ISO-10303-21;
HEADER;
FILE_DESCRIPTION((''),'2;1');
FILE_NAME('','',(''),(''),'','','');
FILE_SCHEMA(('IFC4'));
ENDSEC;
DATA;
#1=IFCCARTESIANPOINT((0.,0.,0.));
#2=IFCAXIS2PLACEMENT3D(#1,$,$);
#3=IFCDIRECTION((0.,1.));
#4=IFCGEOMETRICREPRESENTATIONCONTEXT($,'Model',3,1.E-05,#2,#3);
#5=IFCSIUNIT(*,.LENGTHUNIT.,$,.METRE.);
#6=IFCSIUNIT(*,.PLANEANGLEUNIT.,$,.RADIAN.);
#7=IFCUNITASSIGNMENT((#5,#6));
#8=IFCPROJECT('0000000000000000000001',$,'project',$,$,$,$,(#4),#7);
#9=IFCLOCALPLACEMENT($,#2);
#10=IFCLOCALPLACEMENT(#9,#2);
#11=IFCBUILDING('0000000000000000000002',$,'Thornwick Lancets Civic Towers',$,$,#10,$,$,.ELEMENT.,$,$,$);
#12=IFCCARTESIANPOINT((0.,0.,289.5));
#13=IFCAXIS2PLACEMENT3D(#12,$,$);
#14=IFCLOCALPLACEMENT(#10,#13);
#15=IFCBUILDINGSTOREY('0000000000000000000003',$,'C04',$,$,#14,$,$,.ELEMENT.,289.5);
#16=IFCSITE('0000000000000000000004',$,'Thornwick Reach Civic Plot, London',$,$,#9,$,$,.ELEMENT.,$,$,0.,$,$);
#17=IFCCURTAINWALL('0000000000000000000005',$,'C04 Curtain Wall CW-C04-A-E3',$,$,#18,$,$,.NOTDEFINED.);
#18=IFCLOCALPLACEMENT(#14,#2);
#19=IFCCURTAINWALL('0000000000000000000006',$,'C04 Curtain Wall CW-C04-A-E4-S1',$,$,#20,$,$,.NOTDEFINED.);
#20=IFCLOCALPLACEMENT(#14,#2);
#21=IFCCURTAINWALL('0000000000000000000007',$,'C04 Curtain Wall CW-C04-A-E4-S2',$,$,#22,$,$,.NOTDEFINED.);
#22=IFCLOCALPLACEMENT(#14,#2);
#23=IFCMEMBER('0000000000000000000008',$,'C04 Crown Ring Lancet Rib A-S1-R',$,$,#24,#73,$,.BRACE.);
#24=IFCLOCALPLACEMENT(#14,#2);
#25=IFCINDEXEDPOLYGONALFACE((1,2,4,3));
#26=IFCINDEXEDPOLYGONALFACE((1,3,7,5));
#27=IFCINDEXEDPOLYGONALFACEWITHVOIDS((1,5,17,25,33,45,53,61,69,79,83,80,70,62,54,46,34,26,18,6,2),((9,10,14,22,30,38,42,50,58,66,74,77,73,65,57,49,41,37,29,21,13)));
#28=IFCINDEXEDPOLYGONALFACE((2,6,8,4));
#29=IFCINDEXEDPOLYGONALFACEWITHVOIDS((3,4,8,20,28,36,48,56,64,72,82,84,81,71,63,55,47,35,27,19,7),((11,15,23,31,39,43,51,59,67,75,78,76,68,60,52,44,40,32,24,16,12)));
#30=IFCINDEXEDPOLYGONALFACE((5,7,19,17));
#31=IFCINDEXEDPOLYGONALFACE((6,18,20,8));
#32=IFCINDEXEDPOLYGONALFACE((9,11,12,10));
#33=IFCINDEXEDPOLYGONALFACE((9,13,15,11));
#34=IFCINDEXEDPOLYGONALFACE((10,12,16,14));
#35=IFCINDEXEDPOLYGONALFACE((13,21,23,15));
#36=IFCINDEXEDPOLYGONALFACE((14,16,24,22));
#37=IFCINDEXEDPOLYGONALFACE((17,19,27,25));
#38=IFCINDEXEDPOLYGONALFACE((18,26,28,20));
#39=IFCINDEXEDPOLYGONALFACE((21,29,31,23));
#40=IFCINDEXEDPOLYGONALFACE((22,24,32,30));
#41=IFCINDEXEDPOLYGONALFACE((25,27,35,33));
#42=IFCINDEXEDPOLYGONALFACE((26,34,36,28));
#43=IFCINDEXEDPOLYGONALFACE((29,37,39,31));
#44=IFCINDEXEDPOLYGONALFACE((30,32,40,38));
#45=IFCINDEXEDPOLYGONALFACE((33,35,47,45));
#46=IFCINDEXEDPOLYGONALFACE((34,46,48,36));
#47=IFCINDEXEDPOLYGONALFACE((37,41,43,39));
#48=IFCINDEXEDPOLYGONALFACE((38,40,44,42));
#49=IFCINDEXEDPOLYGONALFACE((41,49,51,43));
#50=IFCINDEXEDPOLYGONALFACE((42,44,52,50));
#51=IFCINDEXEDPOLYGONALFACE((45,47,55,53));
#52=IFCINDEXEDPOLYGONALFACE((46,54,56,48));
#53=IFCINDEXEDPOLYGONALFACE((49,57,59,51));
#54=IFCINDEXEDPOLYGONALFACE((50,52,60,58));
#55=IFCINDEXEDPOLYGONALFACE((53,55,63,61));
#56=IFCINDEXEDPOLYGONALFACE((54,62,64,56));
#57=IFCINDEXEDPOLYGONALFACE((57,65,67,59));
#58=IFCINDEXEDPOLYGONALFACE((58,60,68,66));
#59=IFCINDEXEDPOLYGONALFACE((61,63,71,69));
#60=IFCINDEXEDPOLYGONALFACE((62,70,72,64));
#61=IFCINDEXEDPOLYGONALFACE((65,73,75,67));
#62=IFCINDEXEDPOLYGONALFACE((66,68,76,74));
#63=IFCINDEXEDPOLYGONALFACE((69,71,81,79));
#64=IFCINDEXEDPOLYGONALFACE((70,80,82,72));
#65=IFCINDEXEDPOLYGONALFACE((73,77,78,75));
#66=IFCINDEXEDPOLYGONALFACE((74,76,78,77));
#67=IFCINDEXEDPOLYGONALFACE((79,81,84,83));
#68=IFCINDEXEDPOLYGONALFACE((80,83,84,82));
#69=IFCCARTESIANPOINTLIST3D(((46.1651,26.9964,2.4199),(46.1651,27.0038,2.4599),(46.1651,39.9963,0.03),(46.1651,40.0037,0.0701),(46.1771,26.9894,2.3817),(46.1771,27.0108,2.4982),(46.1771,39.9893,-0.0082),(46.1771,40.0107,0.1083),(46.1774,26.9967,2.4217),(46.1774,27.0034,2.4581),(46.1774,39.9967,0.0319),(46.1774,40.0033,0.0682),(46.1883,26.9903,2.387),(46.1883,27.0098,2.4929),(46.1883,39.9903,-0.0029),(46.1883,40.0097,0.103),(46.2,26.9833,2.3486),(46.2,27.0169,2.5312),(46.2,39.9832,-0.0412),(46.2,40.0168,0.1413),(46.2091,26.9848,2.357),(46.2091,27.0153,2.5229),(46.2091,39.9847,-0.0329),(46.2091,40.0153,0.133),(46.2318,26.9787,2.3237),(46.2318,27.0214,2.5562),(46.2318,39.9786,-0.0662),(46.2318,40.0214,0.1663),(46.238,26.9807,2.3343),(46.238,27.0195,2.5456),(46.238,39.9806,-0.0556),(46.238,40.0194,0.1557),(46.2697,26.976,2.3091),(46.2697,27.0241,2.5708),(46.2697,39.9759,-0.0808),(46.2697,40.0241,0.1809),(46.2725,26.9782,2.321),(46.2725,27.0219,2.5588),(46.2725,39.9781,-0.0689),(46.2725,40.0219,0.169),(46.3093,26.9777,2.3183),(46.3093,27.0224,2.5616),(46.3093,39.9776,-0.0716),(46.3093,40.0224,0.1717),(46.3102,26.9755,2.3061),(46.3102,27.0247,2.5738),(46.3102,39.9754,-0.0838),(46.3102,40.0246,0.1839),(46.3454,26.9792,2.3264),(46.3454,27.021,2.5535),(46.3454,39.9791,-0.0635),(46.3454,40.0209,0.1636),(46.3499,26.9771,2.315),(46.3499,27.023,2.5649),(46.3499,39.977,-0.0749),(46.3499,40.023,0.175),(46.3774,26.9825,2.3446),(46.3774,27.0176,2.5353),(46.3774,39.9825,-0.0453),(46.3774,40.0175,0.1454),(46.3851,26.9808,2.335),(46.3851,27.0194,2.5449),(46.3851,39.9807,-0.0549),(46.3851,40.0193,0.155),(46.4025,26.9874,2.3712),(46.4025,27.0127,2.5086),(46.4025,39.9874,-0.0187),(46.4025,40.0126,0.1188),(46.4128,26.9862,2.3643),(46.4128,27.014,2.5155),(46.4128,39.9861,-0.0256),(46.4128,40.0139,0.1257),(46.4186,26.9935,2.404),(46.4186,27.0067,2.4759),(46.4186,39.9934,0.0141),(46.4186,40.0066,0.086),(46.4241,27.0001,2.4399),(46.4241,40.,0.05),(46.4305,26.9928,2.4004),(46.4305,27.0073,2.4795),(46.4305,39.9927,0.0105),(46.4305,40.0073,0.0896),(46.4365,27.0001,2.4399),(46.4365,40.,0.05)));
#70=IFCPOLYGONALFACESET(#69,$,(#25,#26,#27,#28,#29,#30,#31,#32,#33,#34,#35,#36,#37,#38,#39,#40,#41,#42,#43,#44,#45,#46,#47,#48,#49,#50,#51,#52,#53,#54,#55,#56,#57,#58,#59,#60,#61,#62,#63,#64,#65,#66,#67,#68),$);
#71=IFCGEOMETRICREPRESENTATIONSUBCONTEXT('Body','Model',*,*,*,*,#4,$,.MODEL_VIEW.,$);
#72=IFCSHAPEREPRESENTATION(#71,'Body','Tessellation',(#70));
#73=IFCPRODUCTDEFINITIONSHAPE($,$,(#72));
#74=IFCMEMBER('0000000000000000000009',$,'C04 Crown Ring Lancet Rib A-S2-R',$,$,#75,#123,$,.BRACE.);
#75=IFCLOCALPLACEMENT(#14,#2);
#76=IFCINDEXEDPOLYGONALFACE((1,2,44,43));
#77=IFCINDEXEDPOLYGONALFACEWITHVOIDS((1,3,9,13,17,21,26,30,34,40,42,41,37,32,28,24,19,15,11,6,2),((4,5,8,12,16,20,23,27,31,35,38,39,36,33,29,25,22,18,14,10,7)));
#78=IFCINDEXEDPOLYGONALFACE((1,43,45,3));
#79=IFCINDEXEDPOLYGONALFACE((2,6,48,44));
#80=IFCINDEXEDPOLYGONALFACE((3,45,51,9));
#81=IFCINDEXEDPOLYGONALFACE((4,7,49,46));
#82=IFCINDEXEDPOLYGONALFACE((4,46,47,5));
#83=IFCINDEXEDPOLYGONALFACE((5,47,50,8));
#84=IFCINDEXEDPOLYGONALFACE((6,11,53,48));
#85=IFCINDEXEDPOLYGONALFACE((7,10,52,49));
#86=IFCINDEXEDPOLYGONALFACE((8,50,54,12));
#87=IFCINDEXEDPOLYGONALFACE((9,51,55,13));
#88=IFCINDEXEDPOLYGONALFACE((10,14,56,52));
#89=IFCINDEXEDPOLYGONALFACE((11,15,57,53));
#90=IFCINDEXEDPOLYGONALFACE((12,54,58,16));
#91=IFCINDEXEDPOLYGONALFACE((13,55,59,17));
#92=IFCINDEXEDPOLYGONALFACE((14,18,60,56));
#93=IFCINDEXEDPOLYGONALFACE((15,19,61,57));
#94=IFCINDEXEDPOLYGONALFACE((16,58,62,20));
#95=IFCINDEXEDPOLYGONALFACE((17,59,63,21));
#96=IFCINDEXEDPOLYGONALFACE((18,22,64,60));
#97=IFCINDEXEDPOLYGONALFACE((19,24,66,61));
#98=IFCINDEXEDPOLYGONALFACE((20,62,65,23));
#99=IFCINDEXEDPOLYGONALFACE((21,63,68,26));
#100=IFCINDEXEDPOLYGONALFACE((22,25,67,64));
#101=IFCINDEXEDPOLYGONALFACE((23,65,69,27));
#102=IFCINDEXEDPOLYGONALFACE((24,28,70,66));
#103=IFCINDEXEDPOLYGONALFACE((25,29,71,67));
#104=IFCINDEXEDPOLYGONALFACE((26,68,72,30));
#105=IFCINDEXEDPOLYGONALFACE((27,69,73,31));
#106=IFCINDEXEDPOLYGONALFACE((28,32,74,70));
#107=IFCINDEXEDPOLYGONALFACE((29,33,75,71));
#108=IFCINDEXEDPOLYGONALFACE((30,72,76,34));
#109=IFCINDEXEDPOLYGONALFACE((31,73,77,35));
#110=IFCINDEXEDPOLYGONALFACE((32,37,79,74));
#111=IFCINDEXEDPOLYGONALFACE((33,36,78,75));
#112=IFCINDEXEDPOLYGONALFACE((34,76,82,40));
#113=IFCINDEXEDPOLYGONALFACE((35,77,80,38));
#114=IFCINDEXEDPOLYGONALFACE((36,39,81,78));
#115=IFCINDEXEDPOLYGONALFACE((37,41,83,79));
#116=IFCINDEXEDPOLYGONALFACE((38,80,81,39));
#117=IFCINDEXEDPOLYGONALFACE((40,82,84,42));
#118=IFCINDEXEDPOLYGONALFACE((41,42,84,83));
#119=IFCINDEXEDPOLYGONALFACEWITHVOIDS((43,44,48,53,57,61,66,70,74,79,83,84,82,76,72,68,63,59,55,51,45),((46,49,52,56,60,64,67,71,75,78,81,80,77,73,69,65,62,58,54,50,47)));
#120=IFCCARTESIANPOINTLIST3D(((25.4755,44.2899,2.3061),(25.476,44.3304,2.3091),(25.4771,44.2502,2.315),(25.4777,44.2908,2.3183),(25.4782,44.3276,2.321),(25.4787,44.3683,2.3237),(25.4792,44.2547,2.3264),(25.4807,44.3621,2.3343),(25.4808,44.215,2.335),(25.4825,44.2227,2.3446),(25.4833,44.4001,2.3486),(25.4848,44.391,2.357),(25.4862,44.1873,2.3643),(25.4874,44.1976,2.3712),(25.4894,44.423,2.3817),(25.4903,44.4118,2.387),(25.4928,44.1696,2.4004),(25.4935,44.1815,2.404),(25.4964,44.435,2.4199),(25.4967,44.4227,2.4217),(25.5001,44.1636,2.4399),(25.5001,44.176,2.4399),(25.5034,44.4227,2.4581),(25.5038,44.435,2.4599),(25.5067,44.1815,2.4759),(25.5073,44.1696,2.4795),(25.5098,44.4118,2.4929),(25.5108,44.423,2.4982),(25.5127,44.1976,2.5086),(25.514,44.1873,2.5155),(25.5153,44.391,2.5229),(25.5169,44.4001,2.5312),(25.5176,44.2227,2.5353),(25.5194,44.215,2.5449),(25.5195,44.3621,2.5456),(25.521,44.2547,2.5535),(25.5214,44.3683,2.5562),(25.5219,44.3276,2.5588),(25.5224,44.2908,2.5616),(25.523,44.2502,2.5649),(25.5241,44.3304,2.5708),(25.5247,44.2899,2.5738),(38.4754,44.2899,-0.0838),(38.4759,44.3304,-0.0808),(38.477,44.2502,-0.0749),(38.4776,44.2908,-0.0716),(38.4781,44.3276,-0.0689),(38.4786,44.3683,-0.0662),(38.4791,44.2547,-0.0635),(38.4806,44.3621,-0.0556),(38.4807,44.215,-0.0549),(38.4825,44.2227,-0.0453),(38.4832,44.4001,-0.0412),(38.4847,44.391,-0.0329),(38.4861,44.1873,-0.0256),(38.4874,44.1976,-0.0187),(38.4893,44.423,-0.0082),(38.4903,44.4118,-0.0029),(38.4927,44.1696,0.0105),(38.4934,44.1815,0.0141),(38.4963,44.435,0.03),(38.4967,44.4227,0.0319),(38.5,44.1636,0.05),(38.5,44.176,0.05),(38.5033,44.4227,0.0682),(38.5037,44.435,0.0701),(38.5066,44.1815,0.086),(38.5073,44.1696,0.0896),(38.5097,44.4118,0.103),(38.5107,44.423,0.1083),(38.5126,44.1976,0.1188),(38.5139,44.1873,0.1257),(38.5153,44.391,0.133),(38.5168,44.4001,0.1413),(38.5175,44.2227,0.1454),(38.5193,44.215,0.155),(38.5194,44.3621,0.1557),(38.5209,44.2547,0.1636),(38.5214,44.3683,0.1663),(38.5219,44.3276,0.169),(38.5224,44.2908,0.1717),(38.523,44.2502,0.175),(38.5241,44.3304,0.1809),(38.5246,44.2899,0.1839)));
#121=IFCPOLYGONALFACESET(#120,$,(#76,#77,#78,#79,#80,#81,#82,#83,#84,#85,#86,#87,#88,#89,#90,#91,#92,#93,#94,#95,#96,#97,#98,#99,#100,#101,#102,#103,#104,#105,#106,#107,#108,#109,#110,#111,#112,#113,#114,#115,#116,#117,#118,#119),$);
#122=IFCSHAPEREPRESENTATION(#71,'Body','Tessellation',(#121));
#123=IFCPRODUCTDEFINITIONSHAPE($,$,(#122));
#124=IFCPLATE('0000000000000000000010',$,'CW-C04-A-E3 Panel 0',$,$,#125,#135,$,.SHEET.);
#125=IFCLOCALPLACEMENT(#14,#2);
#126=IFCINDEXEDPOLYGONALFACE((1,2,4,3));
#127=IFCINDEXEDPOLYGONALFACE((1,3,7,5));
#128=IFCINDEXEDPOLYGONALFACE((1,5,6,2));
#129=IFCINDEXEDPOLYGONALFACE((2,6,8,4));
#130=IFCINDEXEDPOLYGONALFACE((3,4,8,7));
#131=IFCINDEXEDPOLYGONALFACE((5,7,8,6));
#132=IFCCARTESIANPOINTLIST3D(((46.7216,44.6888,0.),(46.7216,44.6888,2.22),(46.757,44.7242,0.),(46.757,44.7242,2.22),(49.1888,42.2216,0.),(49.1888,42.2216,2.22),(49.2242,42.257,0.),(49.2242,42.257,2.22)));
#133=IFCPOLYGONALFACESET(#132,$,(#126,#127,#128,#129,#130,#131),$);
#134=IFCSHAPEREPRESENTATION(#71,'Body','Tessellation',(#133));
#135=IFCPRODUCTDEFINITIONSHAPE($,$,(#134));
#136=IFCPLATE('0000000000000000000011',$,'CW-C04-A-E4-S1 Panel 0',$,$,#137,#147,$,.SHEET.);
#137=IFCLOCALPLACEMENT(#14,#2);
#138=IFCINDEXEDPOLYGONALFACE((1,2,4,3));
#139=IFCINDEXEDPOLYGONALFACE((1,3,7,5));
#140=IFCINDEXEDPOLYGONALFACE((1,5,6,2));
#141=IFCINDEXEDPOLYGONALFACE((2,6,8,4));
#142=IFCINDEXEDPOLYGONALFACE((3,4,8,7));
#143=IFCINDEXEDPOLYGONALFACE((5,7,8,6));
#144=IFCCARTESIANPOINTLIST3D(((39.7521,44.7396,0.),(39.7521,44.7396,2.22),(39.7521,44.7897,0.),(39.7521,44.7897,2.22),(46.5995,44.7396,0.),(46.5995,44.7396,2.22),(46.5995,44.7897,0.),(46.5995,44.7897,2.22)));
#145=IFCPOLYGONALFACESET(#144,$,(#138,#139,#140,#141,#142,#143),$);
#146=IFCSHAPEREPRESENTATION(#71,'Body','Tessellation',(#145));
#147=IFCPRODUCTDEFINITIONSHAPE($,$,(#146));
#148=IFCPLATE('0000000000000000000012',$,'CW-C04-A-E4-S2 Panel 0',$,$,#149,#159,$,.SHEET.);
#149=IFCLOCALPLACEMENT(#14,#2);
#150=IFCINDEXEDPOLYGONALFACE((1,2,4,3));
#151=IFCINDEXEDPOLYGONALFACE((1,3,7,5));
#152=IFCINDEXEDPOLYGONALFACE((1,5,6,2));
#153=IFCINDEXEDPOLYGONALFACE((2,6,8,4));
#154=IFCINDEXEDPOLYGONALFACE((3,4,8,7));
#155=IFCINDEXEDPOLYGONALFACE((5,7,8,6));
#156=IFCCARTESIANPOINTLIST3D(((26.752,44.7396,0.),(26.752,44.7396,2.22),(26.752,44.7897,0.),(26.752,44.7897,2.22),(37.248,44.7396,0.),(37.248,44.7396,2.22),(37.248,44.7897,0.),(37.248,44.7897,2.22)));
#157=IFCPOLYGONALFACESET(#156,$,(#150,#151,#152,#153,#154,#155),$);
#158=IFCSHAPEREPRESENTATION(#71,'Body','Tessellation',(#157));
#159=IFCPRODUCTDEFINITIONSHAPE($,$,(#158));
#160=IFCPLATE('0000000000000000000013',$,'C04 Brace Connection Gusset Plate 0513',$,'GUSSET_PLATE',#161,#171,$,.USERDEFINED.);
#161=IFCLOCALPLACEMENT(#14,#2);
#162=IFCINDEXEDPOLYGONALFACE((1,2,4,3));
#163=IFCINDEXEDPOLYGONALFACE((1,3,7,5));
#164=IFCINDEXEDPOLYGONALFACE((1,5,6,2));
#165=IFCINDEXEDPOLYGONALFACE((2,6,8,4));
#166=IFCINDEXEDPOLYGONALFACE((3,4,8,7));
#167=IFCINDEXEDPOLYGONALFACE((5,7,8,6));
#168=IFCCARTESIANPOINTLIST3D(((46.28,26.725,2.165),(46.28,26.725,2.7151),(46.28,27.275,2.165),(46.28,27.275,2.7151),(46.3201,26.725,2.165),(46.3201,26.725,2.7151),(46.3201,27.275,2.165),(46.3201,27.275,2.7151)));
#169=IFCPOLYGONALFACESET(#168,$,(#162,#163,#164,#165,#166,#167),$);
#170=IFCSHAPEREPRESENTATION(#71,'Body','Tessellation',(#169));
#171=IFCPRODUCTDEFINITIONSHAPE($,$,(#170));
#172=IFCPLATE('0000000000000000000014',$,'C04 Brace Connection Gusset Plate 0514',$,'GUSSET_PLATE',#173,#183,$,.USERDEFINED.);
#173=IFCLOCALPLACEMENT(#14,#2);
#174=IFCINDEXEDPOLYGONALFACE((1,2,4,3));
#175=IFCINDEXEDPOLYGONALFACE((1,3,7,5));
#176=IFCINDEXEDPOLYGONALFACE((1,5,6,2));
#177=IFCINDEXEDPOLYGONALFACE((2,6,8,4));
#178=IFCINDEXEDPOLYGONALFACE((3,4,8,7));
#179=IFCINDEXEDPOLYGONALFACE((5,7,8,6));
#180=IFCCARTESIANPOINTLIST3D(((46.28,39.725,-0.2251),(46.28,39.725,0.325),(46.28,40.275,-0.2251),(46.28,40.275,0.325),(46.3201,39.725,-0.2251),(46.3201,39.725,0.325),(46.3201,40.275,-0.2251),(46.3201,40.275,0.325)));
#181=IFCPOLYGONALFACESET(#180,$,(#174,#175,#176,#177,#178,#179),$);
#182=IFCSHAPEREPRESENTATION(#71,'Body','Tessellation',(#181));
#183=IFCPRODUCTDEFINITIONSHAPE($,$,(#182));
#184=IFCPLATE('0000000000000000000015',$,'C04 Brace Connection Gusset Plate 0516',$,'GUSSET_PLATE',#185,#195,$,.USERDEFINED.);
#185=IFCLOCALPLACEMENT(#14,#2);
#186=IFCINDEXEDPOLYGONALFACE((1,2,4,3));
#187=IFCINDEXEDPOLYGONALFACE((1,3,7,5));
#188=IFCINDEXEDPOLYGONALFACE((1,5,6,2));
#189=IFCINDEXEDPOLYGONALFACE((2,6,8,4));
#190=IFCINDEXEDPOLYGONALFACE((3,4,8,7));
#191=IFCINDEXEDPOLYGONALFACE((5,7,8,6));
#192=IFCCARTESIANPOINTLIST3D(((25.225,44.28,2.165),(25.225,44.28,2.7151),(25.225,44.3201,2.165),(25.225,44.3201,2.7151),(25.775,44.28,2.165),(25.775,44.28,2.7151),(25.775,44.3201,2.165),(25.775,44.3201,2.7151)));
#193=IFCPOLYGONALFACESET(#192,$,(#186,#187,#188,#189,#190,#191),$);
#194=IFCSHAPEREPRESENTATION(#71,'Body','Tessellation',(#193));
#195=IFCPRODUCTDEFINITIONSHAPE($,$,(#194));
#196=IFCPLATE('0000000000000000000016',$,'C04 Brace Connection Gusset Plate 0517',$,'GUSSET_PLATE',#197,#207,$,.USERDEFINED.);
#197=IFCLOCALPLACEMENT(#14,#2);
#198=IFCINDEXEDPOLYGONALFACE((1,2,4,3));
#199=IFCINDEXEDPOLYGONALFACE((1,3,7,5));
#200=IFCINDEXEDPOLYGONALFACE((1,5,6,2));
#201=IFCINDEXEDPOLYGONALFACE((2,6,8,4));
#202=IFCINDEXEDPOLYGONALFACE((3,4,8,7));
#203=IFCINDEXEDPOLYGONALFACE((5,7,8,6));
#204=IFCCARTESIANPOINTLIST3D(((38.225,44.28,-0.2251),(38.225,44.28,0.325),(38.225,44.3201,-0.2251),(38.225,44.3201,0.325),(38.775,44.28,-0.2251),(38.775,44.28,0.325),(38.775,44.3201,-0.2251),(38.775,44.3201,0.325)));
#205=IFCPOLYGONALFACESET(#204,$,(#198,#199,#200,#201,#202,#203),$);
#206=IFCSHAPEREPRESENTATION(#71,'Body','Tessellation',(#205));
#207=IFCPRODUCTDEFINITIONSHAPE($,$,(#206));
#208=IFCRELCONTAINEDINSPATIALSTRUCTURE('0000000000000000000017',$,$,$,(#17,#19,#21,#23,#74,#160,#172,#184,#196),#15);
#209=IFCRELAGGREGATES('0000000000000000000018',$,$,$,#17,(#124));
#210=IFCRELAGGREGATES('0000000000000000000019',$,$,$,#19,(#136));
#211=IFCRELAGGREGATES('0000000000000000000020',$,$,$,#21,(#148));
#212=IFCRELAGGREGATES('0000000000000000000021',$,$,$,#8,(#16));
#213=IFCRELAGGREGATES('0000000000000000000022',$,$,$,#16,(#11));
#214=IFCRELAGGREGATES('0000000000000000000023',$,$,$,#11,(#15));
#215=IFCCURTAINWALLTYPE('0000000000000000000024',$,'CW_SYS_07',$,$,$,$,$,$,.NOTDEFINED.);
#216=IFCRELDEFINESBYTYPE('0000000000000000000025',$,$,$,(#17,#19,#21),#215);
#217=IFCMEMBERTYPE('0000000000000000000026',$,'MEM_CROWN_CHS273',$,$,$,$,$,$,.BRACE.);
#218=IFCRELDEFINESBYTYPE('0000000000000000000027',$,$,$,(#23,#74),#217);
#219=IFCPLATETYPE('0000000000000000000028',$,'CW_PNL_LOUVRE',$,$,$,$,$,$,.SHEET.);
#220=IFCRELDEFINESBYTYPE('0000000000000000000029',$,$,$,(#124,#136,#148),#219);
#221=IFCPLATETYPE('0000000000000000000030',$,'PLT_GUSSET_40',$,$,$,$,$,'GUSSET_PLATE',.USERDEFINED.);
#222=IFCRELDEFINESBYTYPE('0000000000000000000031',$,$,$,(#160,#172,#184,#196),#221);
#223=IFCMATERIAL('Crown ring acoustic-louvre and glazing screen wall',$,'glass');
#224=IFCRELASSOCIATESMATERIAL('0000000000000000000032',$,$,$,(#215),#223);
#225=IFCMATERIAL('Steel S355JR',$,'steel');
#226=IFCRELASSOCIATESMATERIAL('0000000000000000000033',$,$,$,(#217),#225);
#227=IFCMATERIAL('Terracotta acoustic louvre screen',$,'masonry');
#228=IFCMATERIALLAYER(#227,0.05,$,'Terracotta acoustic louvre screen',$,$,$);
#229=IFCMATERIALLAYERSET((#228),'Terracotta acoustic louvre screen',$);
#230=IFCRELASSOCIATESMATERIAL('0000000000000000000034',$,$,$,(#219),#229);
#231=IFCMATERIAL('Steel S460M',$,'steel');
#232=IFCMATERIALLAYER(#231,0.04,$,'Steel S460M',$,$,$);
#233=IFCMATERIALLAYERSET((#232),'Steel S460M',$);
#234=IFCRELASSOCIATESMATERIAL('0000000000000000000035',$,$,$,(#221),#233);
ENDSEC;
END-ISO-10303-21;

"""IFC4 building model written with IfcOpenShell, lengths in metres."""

from ifc_helpers import new_model, si_unit, direction, frame, origin, origin_2d, place, context, subcontext, project, spatial, rectangle, hollow_circle, extrude, material, layer, layer_set, material_profile, profile_set, type_object, element, aggregate, save


model = new_model("IFC4")

# Units and contexts
model_context = context("Model", 3, precision=1e-05, world=origin(), true_north=direction((0.0, 1.0)))
body_context = subcontext(model_context, "Body", "Model", "MODEL_VIEW")
ifc_project = project(units=[si_unit("LENGTHUNIT", "METRE"), si_unit("PLANEANGLEUNIT", "RADIAN")], contexts=[model_context])

# Site, building, storey
site_placement = place(None, origin())
site = spatial("IfcSite", under=ifc_project, at=site_placement, Name="Thornwick Reach Civic Plot, London", CompositionType="ELEMENT", RefElevation=0.0)
building_placement = place(site_placement, origin())
building = spatial("IfcBuilding", under=site, at=building_placement, Name="Thornwick Lancets Civic Towers", CompositionType="ELEMENT")
storey_placement = place(building_placement, frame((0.0, 0.0, 289.5)))
storey = spatial("IfcBuildingStorey", under=building, at=storey_placement, Name="C04", CompositionType="ELEMENT", Elevation=289.5)

# Shared definitions
ifc_material_1 = material(Name="Steel S355JR", Category="steel")

# Curtain walls
ifc_material_2 = material(Name="Crown ring acoustic-louvre and glazing screen wall", Category="glass")
curtain_wall_type = type_object("IfcCurtainWallType", Name="CW_SYS_07", PredefinedType="NOTDEFINED", material=ifc_material_2)
curtain_wall_1_placement = place(storey_placement, origin())
curtain_wall_1 = element("IfcCurtainWall", 1, at=curtain_wall_1_placement, inside=storey, type_object=curtain_wall_type, Name="C04 Curtain Wall CW-C04-A-E3", PredefinedType="NOTDEFINED")
curtain_wall_2_placement = place(storey_placement, origin())
curtain_wall_2 = element("IfcCurtainWall", 2, at=curtain_wall_2_placement, inside=storey, type_object=curtain_wall_type, Name="C04 Curtain Wall CW-C04-A-E4-S1", PredefinedType="NOTDEFINED")
curtain_wall_3_placement = place(storey_placement, origin())
curtain_wall_3 = element("IfcCurtainWall", 3, at=curtain_wall_3_placement, inside=storey, type_object=curtain_wall_type, Name="C04 Curtain Wall CW-C04-A-E4-S2", PredefinedType="NOTDEFINED")

# Members
ifc_material_profile_1 = material_profile(ifc_material_1, hollow_circle(Radius=0.1365, WallThickness=0.0125, at=origin_2d()), Name="CHS 273x12.5")
ifc_profile_set_1 = profile_set([ifc_material_profile_1], Name="Steel S355JR")
member_type_1 = type_object("IfcMemberType", Name="MEM_CROWN_CHS273", PredefinedType="BRACE", material=ifc_profile_set_1)
for number, where, z_axis, x_axis, name in (
    (4, (46.3, 40.0, 0.05), (0.0, -0.983518, 0.180808), (1.0, 0.0, 0.0), "C04 Crown Ring Lancet Rib A-S1-R"),
    (5, (38.5, 44.3, 0.05), (-0.983518, 0.0, 0.180808), (0.0, -1.0, 0.0), "C04 Crown Ring Lancet Rib A-S2-R"),
):
    element("IfcMember", number, at=place(storey_placement, frame(where, z_axis=z_axis, x_axis=x_axis)), inside=storey, type_object=member_type_1, Name=name, PredefinedType="BRACE", context=body_context, shape_type="SweptSolid", body=[
        extrude(hollow_circle(Radius=0.1365, WallThickness=0.0125, at=origin_2d()), origin(), (0.0, 0.0, 1.0), 13.2178),
    ])

# Plates
ifc_material_3 = material(Name="Terracotta acoustic louvre screen", Category="masonry")
ifc_layer_1 = layer(ifc_material_3, 0.05, Name="Terracotta acoustic louvre screen")
ifc_layer_set_1 = layer_set([ifc_layer_1], Name="Terracotta acoustic louvre screen")
plate_type_1 = type_object("IfcPlateType", Name="CW_PNL_LOUVRE", PredefinedType="SHEET", material=ifc_layer_set_1)
plate_1_placement = place(storey_placement, frame((47.9729, 43.4729, 0.0), z_axis=(0.0, 0.0, 1.0), x_axis=(-0.707107, 0.707107, 0.0)))
plate_1 = element("IfcPlate", 6, at=plate_1_placement, type_object=plate_type_1, Name="CW-C04-A-E3 Panel 0", PredefinedType="SHEET", context=body_context, shape_type="SweptSolid", body=[
    extrude(rectangle(XDim=3.4893, YDim=0.05, at=origin_2d()), origin(), (0.0, 0.0, 1.0), 2.22),
])
aggregate(curtain_wall_1, [plate_1])
plate_2_placement = place(storey_placement, frame((43.1758, 44.7646, 0.0), z_axis=(0.0, 0.0, 1.0), x_axis=(-1.0, 0.0, 0.0)))
plate_2 = element("IfcPlate", 7, at=plate_2_placement, type_object=plate_type_1, Name="CW-C04-A-E4-S1 Panel 0", PredefinedType="SHEET", context=body_context, shape_type="SweptSolid", body=[
    extrude(rectangle(XDim=6.8474, YDim=0.05, at=origin_2d()), origin(), (0.0, 0.0, 1.0), 2.22),
])
aggregate(curtain_wall_2, [plate_2])
plate_3_placement = place(storey_placement, frame((32.0, 44.7646, 0.0), z_axis=(0.0, 0.0, 1.0), x_axis=(-1.0, 0.0, 0.0)))
plate_3 = element("IfcPlate", 8, at=plate_3_placement, type_object=plate_type_1, Name="CW-C04-A-E4-S2 Panel 0", PredefinedType="SHEET", context=body_context, shape_type="SweptSolid", body=[
    extrude(rectangle(XDim=10.4961, YDim=0.05, at=origin_2d()), origin(), (0.0, 0.0, 1.0), 2.22),
])
aggregate(curtain_wall_3, [plate_3])

# Plates
ifc_material_4 = material(Name="Steel S460M", Category="steel")
ifc_layer_2 = layer(ifc_material_4, 0.04, Name="Steel S460M")
ifc_layer_set_2 = layer_set([ifc_layer_2], Name="Steel S460M")
plate_type_2 = type_object("IfcPlateType", Name="PLT_GUSSET_40", ElementType="GUSSET_PLATE", PredefinedType="USERDEFINED", material=ifc_layer_set_2)
for number, where, z_axis, x_axis, name in (
    (9, (46.3, 27.0, 2.165), (0.0, 0.0, 1.0), (0.0, 1.0, 0.0), "C04 Brace Connection Gusset Plate 0513"),
    (10, (46.3, 40.0, -0.2251), (0.0, 0.0, 1.0), (0.0, -1.0, 0.0), "C04 Brace Connection Gusset Plate 0514"),
    (11, (25.5, 44.3, 2.165), (0.0, 0.0, 1.0), (1.0, 0.0, 0.0), "C04 Brace Connection Gusset Plate 0516"),
    (12, (38.5, 44.3, -0.2251), (0.0, 0.0, 1.0), (-1.0, 0.0, 0.0), "C04 Brace Connection Gusset Plate 0517"),
):
    element("IfcPlate", number, at=place(storey_placement, frame(where, z_axis=z_axis, x_axis=x_axis)), inside=storey, type_object=plate_type_2, Name=name, ObjectType="GUSSET_PLATE", PredefinedType="USERDEFINED", context=body_context, shape_type="SweptSolid", body=[
        extrude(rectangle(XDim=0.55, YDim=0.04, at=origin_2d()), origin(), (0.0, 0.0, 1.0), 0.55),
    ])

save(model, "model.ifc")
